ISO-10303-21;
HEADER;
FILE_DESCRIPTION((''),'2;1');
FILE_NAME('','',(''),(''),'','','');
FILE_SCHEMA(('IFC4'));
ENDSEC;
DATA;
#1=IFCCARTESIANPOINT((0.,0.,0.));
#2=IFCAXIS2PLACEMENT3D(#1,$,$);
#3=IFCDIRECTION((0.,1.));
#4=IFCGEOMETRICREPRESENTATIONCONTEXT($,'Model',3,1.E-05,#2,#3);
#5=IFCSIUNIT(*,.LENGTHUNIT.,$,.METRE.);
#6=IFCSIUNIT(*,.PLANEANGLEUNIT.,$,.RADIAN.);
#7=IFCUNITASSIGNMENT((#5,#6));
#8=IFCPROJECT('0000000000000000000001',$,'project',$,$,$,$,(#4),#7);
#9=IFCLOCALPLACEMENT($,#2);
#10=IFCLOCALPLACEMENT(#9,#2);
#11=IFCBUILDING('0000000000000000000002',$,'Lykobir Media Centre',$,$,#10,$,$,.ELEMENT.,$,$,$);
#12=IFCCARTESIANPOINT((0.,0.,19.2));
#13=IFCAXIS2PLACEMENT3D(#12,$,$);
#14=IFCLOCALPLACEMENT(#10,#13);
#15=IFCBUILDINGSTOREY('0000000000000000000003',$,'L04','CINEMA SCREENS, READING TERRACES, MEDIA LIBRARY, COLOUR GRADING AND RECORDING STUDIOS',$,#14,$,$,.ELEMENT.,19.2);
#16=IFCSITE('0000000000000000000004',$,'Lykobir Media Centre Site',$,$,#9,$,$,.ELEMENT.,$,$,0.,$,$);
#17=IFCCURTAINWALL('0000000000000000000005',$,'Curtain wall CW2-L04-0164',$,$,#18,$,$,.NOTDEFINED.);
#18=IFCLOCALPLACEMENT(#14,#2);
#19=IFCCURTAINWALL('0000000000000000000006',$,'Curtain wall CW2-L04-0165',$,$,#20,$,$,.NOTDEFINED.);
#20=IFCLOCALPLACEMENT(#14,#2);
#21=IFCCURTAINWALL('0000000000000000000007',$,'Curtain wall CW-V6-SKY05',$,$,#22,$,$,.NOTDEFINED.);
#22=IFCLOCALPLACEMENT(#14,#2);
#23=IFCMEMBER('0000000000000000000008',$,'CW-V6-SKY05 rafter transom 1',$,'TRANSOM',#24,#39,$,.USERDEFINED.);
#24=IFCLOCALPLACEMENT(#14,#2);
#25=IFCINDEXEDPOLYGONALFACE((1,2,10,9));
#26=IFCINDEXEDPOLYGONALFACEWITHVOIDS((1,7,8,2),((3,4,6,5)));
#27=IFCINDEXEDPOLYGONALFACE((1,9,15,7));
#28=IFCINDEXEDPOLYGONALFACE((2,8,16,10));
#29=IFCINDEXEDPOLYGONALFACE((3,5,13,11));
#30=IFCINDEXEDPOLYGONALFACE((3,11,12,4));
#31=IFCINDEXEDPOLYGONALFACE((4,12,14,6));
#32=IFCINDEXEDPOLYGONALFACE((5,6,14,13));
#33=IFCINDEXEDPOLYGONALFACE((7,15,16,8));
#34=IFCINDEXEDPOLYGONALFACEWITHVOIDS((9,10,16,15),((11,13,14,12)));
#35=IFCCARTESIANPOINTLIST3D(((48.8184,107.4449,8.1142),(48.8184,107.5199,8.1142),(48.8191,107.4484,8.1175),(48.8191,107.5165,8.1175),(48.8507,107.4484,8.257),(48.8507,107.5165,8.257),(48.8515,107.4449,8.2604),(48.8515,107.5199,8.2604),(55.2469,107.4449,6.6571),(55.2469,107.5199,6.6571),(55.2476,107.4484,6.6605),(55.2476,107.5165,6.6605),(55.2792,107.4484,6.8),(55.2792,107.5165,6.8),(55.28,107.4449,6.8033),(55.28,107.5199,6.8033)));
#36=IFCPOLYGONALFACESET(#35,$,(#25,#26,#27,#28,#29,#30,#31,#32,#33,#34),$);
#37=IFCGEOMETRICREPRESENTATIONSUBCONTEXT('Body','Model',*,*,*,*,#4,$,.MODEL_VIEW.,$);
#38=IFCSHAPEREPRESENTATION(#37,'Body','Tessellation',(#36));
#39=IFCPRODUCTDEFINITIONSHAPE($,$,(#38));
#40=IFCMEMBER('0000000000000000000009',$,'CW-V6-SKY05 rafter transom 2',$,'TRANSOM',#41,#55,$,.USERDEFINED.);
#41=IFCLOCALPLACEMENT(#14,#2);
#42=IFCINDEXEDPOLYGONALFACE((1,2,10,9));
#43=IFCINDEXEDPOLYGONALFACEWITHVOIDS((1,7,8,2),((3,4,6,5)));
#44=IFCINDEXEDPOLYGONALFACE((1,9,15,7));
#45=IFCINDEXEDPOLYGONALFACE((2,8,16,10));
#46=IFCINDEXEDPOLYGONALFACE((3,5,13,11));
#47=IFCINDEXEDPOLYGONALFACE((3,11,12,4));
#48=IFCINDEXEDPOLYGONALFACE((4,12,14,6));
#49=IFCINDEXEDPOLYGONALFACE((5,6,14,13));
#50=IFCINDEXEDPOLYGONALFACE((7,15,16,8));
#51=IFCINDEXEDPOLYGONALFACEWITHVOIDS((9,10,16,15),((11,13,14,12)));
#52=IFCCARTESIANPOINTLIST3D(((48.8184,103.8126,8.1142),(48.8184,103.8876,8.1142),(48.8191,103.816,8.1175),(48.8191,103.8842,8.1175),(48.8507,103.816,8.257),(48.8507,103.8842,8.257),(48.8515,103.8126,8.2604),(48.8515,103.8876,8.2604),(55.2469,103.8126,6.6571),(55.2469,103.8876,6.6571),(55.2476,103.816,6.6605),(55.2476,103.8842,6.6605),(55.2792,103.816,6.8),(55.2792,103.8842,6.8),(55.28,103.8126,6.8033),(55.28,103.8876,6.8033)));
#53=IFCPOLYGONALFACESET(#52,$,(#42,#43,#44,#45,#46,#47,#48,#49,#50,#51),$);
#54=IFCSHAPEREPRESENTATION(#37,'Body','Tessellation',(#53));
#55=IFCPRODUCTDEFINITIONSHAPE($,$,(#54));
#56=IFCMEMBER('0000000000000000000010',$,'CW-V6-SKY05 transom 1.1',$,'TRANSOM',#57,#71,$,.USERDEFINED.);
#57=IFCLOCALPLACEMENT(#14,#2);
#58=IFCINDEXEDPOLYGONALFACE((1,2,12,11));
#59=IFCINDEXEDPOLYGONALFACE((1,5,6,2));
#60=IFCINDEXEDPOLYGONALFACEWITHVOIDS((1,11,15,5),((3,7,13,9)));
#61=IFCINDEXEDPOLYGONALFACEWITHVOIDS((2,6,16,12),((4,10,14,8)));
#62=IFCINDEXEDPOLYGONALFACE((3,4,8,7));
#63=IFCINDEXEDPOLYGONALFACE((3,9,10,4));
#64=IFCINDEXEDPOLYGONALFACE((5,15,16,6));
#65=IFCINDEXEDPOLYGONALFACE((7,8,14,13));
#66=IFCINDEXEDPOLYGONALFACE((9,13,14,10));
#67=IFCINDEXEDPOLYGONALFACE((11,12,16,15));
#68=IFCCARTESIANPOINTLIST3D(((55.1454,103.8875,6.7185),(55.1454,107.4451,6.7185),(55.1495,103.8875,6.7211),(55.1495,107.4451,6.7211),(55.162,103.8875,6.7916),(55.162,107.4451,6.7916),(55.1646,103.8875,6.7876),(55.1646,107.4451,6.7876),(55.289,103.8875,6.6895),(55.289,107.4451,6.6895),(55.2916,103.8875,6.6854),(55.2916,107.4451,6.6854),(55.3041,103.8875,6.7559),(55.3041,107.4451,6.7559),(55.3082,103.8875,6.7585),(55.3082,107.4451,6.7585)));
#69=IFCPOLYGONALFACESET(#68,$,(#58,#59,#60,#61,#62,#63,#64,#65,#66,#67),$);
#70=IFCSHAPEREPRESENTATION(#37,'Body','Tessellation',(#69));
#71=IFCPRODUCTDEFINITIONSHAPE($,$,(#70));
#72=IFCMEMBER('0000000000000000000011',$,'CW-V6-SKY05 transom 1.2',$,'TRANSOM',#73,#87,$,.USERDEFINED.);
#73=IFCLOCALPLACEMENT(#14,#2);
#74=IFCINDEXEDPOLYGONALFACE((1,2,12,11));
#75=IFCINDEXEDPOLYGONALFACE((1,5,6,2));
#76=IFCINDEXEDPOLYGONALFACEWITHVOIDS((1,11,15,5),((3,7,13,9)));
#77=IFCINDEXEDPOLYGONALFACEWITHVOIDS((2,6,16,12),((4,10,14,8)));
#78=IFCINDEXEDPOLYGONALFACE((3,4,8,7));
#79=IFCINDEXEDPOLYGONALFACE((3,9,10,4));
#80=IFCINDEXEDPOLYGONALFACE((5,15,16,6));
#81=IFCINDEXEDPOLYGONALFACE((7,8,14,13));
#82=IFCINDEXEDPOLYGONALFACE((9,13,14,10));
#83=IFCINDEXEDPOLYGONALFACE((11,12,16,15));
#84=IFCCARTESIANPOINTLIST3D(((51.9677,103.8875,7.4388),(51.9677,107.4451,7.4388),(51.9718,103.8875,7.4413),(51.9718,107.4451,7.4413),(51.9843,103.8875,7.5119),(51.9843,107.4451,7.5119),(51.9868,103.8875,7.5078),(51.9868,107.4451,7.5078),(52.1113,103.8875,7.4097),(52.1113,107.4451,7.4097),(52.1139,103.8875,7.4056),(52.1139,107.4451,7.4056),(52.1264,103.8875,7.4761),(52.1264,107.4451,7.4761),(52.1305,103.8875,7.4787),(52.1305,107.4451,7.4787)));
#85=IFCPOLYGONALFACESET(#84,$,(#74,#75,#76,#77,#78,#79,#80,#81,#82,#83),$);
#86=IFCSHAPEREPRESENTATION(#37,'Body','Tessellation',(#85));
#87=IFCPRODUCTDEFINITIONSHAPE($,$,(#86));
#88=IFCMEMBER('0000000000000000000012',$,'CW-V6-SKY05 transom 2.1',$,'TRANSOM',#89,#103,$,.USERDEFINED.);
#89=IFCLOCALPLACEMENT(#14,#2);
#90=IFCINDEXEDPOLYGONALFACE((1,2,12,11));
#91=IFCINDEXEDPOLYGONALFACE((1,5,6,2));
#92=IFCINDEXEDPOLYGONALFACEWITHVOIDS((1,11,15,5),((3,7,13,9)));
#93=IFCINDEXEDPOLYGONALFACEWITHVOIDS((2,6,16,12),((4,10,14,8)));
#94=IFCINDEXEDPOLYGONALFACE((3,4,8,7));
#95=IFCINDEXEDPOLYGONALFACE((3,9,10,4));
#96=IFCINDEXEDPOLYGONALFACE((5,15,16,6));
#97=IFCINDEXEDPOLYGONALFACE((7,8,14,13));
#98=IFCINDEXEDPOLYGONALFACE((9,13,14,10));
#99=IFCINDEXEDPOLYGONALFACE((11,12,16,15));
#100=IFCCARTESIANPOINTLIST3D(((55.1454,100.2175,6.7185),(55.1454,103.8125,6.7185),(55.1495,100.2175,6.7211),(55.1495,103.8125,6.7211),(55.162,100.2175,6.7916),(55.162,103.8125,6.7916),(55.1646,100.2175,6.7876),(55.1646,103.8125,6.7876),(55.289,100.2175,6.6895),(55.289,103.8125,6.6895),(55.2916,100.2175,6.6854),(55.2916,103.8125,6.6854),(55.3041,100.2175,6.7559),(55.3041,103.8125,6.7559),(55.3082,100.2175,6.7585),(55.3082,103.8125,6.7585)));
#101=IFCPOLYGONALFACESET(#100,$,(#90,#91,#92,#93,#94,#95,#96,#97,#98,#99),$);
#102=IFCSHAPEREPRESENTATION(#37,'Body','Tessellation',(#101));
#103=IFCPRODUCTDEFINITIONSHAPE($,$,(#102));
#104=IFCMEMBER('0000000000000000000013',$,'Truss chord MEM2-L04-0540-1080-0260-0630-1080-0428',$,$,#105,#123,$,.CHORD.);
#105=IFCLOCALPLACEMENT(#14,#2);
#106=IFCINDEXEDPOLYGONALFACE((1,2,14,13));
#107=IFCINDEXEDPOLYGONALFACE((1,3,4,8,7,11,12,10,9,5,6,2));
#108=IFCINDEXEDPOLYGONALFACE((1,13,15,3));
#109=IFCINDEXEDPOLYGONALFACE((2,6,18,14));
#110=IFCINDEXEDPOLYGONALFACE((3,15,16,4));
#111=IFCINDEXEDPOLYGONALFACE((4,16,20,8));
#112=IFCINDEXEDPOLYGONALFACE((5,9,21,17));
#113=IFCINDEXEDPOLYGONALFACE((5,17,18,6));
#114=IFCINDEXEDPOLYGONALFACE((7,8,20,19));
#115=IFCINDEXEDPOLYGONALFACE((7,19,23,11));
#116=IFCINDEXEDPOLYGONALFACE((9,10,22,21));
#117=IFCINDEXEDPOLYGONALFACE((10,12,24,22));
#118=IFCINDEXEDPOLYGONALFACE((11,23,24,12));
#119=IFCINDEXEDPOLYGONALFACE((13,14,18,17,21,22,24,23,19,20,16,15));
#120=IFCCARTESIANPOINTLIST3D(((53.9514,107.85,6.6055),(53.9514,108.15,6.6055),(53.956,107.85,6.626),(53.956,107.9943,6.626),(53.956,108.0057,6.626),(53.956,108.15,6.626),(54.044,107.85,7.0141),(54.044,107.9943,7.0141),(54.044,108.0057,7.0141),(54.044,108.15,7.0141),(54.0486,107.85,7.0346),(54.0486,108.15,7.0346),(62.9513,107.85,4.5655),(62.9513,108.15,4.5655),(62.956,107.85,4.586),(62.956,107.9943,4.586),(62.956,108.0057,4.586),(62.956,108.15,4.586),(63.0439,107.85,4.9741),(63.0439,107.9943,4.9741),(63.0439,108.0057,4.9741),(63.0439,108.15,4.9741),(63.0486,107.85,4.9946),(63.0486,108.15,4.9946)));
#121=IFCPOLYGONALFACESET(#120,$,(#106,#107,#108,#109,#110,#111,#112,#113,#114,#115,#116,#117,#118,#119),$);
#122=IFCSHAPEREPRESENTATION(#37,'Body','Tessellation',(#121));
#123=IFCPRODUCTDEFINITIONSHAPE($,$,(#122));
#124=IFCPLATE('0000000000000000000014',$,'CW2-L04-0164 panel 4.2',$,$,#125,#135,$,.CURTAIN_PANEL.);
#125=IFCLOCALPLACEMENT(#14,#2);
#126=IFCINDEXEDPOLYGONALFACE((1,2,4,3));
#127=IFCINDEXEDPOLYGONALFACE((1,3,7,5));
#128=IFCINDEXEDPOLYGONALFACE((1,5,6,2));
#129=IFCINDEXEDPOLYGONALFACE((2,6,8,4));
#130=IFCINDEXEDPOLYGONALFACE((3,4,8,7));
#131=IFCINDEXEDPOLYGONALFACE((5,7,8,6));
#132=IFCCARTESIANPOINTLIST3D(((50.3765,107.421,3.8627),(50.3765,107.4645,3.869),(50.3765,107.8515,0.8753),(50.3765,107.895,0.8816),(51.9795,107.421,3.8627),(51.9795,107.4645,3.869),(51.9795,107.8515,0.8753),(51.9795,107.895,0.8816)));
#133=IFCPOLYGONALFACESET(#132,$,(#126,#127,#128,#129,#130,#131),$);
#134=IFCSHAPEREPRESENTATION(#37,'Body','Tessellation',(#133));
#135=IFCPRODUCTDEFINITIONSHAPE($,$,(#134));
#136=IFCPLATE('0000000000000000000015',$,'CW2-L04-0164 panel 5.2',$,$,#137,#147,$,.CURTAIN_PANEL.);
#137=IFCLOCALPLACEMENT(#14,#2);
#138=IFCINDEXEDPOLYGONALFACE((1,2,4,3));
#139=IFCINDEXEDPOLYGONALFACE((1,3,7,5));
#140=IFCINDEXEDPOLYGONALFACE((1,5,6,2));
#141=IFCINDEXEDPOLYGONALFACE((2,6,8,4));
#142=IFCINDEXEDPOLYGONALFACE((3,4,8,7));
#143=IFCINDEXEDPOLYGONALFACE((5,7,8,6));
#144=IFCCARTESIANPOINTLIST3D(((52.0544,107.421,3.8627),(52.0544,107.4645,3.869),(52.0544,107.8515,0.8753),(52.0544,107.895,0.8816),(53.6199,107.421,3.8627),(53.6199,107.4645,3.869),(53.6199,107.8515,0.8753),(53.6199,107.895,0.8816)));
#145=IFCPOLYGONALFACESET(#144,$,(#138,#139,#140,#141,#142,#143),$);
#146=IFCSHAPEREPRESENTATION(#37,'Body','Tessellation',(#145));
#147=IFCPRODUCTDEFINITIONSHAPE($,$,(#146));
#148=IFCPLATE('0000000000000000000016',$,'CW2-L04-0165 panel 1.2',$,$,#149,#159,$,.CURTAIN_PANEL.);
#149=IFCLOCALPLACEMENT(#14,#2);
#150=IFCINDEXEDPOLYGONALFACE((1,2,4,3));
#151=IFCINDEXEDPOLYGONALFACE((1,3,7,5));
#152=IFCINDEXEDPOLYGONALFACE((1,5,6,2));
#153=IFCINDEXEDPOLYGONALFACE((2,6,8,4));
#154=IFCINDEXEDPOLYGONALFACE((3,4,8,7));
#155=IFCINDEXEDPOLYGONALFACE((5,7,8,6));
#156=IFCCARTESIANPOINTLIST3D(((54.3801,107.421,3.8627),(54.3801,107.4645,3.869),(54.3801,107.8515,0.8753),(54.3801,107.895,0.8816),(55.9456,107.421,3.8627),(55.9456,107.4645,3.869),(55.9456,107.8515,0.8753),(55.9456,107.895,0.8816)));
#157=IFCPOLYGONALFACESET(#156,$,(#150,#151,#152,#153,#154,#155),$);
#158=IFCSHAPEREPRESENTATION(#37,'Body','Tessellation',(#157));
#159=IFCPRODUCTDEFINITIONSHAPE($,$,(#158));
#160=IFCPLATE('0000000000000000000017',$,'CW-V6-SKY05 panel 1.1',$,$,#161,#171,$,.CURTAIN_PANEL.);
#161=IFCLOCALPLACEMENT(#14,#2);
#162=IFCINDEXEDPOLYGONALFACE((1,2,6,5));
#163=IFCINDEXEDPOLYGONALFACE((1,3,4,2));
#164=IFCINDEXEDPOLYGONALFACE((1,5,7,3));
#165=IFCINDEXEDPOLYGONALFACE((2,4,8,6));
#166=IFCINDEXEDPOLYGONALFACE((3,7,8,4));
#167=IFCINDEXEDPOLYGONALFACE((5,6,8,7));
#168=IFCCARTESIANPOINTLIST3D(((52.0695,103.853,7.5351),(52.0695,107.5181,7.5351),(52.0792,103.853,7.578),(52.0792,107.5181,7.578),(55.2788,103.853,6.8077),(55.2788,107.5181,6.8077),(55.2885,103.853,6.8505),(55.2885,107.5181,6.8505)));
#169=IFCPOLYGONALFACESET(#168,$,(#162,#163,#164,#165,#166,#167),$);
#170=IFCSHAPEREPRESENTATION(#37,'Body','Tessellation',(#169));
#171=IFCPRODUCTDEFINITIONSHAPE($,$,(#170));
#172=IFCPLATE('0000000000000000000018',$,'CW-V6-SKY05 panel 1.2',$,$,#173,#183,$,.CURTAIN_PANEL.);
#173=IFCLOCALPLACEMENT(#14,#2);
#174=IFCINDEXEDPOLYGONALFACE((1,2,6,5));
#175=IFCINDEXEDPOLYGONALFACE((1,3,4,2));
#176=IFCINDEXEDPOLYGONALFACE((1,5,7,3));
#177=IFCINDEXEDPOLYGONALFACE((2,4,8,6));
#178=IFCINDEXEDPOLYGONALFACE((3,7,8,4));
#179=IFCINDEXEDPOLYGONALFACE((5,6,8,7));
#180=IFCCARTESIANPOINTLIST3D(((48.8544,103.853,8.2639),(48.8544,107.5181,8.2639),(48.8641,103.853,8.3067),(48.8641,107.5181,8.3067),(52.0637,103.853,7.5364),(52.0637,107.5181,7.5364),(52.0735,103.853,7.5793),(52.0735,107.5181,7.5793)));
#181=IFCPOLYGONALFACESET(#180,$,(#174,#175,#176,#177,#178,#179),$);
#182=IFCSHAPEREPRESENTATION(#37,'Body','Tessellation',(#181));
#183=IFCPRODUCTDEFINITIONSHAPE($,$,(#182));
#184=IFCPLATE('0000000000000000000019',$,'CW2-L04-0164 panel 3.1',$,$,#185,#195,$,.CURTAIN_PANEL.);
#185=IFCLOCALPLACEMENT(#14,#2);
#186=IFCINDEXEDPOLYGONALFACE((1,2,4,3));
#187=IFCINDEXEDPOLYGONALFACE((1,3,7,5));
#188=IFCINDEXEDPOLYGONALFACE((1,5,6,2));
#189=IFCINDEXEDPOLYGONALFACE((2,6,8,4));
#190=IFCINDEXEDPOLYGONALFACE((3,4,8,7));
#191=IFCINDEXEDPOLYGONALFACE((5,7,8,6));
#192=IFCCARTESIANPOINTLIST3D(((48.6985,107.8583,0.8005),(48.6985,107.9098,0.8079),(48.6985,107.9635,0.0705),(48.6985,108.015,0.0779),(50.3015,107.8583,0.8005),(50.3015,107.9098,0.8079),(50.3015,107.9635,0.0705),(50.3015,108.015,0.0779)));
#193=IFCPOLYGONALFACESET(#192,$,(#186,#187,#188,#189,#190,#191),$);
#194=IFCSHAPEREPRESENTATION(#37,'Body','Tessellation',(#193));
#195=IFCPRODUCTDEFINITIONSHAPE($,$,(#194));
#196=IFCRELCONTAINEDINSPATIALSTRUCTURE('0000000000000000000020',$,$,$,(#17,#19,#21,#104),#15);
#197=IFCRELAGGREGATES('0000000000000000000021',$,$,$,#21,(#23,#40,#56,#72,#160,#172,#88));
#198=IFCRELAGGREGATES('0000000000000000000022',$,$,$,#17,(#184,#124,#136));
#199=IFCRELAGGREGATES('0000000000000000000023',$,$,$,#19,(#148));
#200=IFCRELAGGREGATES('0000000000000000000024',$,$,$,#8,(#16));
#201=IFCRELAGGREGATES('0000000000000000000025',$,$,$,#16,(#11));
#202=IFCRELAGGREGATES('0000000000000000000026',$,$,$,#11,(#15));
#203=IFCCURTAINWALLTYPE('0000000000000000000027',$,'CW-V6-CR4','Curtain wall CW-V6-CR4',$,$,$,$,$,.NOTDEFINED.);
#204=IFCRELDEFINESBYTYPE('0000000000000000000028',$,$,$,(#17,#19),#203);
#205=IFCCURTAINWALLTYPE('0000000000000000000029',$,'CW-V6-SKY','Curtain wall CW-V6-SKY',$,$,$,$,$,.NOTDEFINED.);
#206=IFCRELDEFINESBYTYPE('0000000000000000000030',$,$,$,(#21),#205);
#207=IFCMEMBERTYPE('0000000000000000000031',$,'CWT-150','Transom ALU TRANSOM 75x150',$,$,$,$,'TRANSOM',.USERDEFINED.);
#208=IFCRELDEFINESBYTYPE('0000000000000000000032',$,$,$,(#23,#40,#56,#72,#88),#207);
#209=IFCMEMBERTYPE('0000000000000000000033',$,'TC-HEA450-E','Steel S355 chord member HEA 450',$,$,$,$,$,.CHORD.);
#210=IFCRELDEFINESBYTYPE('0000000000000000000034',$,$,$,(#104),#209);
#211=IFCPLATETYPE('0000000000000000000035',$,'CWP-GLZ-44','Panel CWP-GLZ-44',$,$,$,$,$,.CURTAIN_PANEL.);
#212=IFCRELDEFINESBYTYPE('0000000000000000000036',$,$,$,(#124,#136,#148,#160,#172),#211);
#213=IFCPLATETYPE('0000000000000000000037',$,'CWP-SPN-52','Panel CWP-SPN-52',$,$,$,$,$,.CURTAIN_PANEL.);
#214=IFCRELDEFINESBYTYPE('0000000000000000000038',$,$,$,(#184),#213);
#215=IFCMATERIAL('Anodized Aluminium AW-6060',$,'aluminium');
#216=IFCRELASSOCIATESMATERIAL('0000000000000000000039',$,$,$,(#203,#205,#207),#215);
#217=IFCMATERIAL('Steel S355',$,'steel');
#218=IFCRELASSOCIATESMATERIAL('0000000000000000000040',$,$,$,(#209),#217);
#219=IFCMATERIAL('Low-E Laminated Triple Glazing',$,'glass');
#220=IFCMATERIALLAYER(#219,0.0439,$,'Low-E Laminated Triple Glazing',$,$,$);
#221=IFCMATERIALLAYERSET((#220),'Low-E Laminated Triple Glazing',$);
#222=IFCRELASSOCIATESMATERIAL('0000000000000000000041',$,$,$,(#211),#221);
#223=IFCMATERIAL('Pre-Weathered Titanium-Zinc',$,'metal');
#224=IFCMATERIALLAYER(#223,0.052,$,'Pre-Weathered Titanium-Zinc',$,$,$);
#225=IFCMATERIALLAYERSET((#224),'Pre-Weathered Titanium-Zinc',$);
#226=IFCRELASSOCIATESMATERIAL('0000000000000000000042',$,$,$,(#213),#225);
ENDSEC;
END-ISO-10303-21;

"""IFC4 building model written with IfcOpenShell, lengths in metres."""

from ifc_helpers import new_model, si_unit, direction, frame, origin, origin_2d, place, context, subcontext, project, spatial, rectangle, hollow_rectangle, i_section, extrude, material, layer, layer_set, material_profile, profile_set, type_object, element, aggregate, save


model = new_model("IFC4")

# Units and contexts
model_context = context("Model", 3, precision=1e-05, world=origin(), true_north=direction((0.0, 1.0)))
body_context = subcontext(model_context, "Body", "Model", "MODEL_VIEW")
ifc_project = project(units=[si_unit("LENGTHUNIT", "METRE"), si_unit("PLANEANGLEUNIT", "RADIAN")], contexts=[model_context])

# Site, building, storey
site_placement = place(None, origin())
site = spatial("IfcSite", under=ifc_project, at=site_placement, Name="Lykobir Media Centre Site", CompositionType="ELEMENT", RefElevation=0.0)
building_placement = place(site_placement, origin())
building = spatial("IfcBuilding", under=site, at=building_placement, Name="Lykobir Media Centre", CompositionType="ELEMENT")
storey_placement = place(building_placement, frame((0.0, 0.0, 19.2)))
storey = spatial("IfcBuildingStorey", under=building, at=storey_placement, Name="L04", Description="CINEMA SCREENS, READING TERRACES, MEDIA LIBRARY, COLOUR GRADING AND RECORDING STUDIOS", CompositionType="ELEMENT", Elevation=19.2)

# Shared definitions
ifc_material_1 = material(Name="Steel S355", Category="steel")

# Curtain walls
ifc_material_2 = material(Name="Anodized Aluminium AW-6060", Category="aluminium")
curtain_wall_type_1 = type_object("IfcCurtainWallType", Name="CW-V6-CR4", Description="Curtain wall CW-V6-CR4", PredefinedType="NOTDEFINED", material=ifc_material_2)
curtain_wall_1_placement = place(storey_placement, origin())
curtain_wall_1 = element("IfcCurtainWall", 1, at=curtain_wall_1_placement, inside=storey, type_object=curtain_wall_type_1, Name="Curtain wall CW2-L04-0164", PredefinedType="NOTDEFINED")
curtain_wall_2_placement = place(storey_placement, origin())
curtain_wall_2 = element("IfcCurtainWall", 2, at=curtain_wall_2_placement, inside=storey, type_object=curtain_wall_type_1, Name="Curtain wall CW2-L04-0165", PredefinedType="NOTDEFINED")

# Shared definitions
ifc_material_profile_1 = material_profile(ifc_material_2, hollow_rectangle(XDim=0.075, YDim=0.1499, WallThickness=0.0034, at=origin_2d()), Name="ALU TRANSOM 75x150")
ifc_profile_set_1 = profile_set([ifc_material_profile_1], Name="Anodized Aluminium AW-6060")
member_type_1 = type_object("IfcMemberType", Name="CWT-150", Description="Transom ALU TRANSOM 75x150", ElementType="TRANSOM", PredefinedType="USERDEFINED", material=ifc_profile_set_1)

# Curtain wall, members
curtain_wall_type_2 = type_object("IfcCurtainWallType", Name="CW-V6-SKY", Description="Curtain wall CW-V6-SKY", PredefinedType="NOTDEFINED", material=ifc_material_2)
curtain_wall_3_placement = place(storey_placement, origin())
curtain_wall_3 = element("IfcCurtainWall", 3, at=curtain_wall_3_placement, inside=storey, type_object=curtain_wall_type_2, Name="Curtain wall CW-V6-SKY05", PredefinedType="NOTDEFINED")
member_1_placement = place(storey_placement, frame((55.2634, 107.4824, 6.7302), z_axis=(-0.975263, 0.0, 0.221046), x_axis=(0.0, -1.0, 0.0)))
member_1 = element("IfcMember", 4, at=member_1_placement, type_object=member_type_1, Name="CW-V6-SKY05 rafter transom 1", ObjectType="TRANSOM", PredefinedType="USERDEFINED", context=body_context, shape_type="SweptSolid", body=[
    extrude(hollow_rectangle(XDim=0.075, YDim=0.1499, WallThickness=0.0034, at=origin_2d()), origin(), (0.0, 0.0, 1.0), 6.5916),
])
member_2_placement = place(storey_placement, frame((55.2634, 103.8501, 6.7302), z_axis=(-0.975263, 0.0, 0.221046), x_axis=(0.0, -1.0, 0.0)))
member_2 = element("IfcMember", 5, at=member_2_placement, type_object=member_type_1, Name="CW-V6-SKY05 rafter transom 2", ObjectType="TRANSOM", PredefinedType="USERDEFINED", context=body_context, shape_type="SweptSolid", body=[
    extrude(hollow_rectangle(XDim=0.075, YDim=0.1499, WallThickness=0.0034, at=origin_2d()), origin(), (0.0, 0.0, 1.0), 6.5916),
])
member_3_placement = place(storey_placement, frame((55.2268, 107.4451, 6.7385), z_axis=(0.0, -1.0, 0.0), x_axis=(0.221055, 0.0, 0.975261)))
member_3 = element("IfcMember", 6, at=member_3_placement, type_object=member_type_1, Name="CW-V6-SKY05 transom 1.1", ObjectType="TRANSOM", PredefinedType="USERDEFINED", context=body_context, shape_type="SweptSolid", body=[
    extrude(hollow_rectangle(XDim=0.075, YDim=0.1499, WallThickness=0.0034, at=origin_2d()), origin(), (0.0, 0.0, 1.0), 3.5576),
])
member_4_placement = place(storey_placement, frame((52.0491, 107.4451, 7.4587), z_axis=(0.0, -1.0, 0.0), x_axis=(0.221055, 0.0, 0.975261)))
member_4 = element("IfcMember", 7, at=member_4_placement, type_object=member_type_1, Name="CW-V6-SKY05 transom 1.2", ObjectType="TRANSOM", PredefinedType="USERDEFINED", context=body_context, shape_type="SweptSolid", body=[
    extrude(hollow_rectangle(XDim=0.075, YDim=0.1499, WallThickness=0.0034, at=origin_2d()), origin(), (0.0, 0.0, 1.0), 3.5576),
])
member_5_placement = place(storey_placement, frame((55.2268, 103.8125, 6.7385), z_axis=(0.0, -1.0, 0.0), x_axis=(0.221055, 0.0, 0.975261)))
member_5 = element("IfcMember", 8, at=member_5_placement, type_object=member_type_1, Name="CW-V6-SKY05 transom 2.1", ObjectType="TRANSOM", PredefinedType="USERDEFINED", context=body_context, shape_type="SweptSolid", body=[
    extrude(hollow_rectangle(XDim=0.075, YDim=0.1499, WallThickness=0.0034, at=origin_2d()), origin(), (0.0, 0.0, 1.0), 3.595),
])

# Member
ifc_material_profile_2 = material_profile(ifc_material_1, i_section(OverallWidth=0.3, OverallDepth=0.4399, WebThickness=0.0115, FlangeThickness=0.021, at=origin_2d()), Name="HEA 450")
ifc_profile_set_2 = profile_set([ifc_material_profile_2], Name="Steel S355")
member_type_2 = type_object("IfcMemberType", Name="TC-HEA450-E", Description="Steel S355 chord member HEA 450", PredefinedType="CHORD", material=ifc_profile_set_2)
member_6_placement = place(storey_placement, frame((54.0, 108.0, 6.8201), z_axis=(0.97526, 0.0, -0.221063), x_axis=(0.0, 1.0, 0.0)))
element("IfcMember", 9, at=member_6_placement, inside=storey, type_object=member_type_2, Name="Truss chord MEM2-L04-0540-1080-0260-0630-1080-0428", PredefinedType="CHORD", context=body_context, shape_type="SweptSolid", body=[
    extrude(i_section(OverallWidth=0.3, OverallDepth=0.4399, WebThickness=0.0115, FlangeThickness=0.021, at=origin_2d()), origin(), (0.0, 0.0, 1.0), 9.2283),
])

# Plates
ifc_material_3 = material(Name="Low-E Laminated Triple Glazing", Category="glass")
ifc_layer_1 = layer(ifc_material_3, 0.0439, Name="Low-E Laminated Triple Glazing")
ifc_layer_set_1 = layer_set([ifc_layer_1], Name="Low-E Laminated Triple Glazing")
plate_type_1 = type_object("IfcPlateType", Name="CWP-GLZ-44", Description="Panel CWP-GLZ-44", PredefinedType="CURTAIN_PANEL", material=ifc_layer_set_1)
plate_1_placement = place(storey_placement, frame((51.178, 107.8733, 0.8784), z_axis=(0.0, -0.142629, 0.989776), x_axis=(1.0, 0.0, 0.0)))
plate_1 = element("IfcPlate", 10, at=plate_1_placement, type_object=plate_type_1, Name="CW2-L04-0164 panel 4.2", PredefinedType="CURTAIN_PANEL", context=body_context, shape_type="SweptSolid", body=[
    extrude(rectangle(XDim=1.603, YDim=0.0439, at=origin_2d()), origin(), (0.0, 0.0, 1.0), 3.0183),
])
plate_2_placement = place(storey_placement, frame((52.8372, 107.8733, 0.8784), z_axis=(0.0, -0.142629, 0.989776), x_axis=(1.0, 0.0, 0.0)))
plate_2 = element("IfcPlate", 11, at=plate_2_placement, type_object=plate_type_1, Name="CW2-L04-0164 panel 5.2", PredefinedType="CURTAIN_PANEL", context=body_context, shape_type="SweptSolid", body=[
    extrude(rectangle(XDim=1.5654, YDim=0.0439, at=origin_2d()), origin(), (0.0, 0.0, 1.0), 3.0183),
])
plate_3_placement = place(storey_placement, frame((55.1628, 107.8733, 0.8784), z_axis=(0.0, -0.142629, 0.989776), x_axis=(1.0, 0.0, 0.0)))
plate_3 = element("IfcPlate", 12, at=plate_3_placement, type_object=plate_type_1, Name="CW2-L04-0165 panel 1.2", PredefinedType="CURTAIN_PANEL", context=body_context, shape_type="SweptSolid", body=[
    extrude(rectangle(XDim=1.5654, YDim=0.0439, at=origin_2d()), origin(), (0.0, 0.0, 1.0), 3.0183),
])
plate_4_placement = place(storey_placement, frame((55.2837, 105.6855, 6.8291), z_axis=(-0.975261, 0.0, 0.221055), x_axis=(0.0, -1.0, 0.0)))
plate_4 = element("IfcPlate", 13, at=plate_4_placement, type_object=plate_type_1, Name="CW-V6-SKY05 panel 1.1", PredefinedType="CURTAIN_PANEL", context=body_context, shape_type="SweptSolid", body=[
    extrude(rectangle(XDim=3.665, YDim=0.0439, at=origin_2d()), origin(), (0.0, 0.0, 1.0), 3.2908),
])
plate_5_placement = place(storey_placement, frame((52.0686, 105.6855, 7.5579), z_axis=(-0.975261, 0.0, 0.221055), x_axis=(0.0, -1.0, 0.0)))
plate_5 = element("IfcPlate", 14, at=plate_5_placement, type_object=plate_type_1, Name="CW-V6-SKY05 panel 1.2", PredefinedType="CURTAIN_PANEL", context=body_context, shape_type="SweptSolid", body=[
    extrude(rectangle(XDim=3.665, YDim=0.0439, at=origin_2d()), origin(), (0.0, 0.0, 1.0), 3.2908),
])
aggregate(curtain_wall_3, [member_1, member_2, member_3, member_4, plate_4, plate_5, member_5])
ifc_material_4 = material(Name="Pre-Weathered Titanium-Zinc", Category="metal")
ifc_layer_2 = layer(ifc_material_4, 0.052, Name="Pre-Weathered Titanium-Zinc")
ifc_layer_set_2 = layer_set([ifc_layer_2], Name="Pre-Weathered Titanium-Zinc")
plate_type_2 = type_object("IfcPlateType", Name="CWP-SPN-52", Description="Panel CWP-SPN-52", PredefinedType="CURTAIN_PANEL", material=ifc_layer_set_2)
plate_6_placement = place(storey_placement, frame((49.5, 107.9893, 0.0742), z_axis=(0.0, -0.142629, 0.989776), x_axis=(1.0, 0.0, 0.0)))
plate_6 = element("IfcPlate", 15, at=plate_6_placement, type_object=plate_type_2, Name="CW2-L04-0164 panel 3.1", PredefinedType="CURTAIN_PANEL", context=body_context, shape_type="SweptSolid", body=[
    extrude(rectangle(XDim=1.603, YDim=0.052, at=origin_2d()), origin(), (0.0, 0.0, 1.0), 0.7375),
])
aggregate(curtain_wall_1, [plate_6, plate_1, plate_2])
aggregate(curtain_wall_2, [plate_3])

save(model, "model.ifc")
